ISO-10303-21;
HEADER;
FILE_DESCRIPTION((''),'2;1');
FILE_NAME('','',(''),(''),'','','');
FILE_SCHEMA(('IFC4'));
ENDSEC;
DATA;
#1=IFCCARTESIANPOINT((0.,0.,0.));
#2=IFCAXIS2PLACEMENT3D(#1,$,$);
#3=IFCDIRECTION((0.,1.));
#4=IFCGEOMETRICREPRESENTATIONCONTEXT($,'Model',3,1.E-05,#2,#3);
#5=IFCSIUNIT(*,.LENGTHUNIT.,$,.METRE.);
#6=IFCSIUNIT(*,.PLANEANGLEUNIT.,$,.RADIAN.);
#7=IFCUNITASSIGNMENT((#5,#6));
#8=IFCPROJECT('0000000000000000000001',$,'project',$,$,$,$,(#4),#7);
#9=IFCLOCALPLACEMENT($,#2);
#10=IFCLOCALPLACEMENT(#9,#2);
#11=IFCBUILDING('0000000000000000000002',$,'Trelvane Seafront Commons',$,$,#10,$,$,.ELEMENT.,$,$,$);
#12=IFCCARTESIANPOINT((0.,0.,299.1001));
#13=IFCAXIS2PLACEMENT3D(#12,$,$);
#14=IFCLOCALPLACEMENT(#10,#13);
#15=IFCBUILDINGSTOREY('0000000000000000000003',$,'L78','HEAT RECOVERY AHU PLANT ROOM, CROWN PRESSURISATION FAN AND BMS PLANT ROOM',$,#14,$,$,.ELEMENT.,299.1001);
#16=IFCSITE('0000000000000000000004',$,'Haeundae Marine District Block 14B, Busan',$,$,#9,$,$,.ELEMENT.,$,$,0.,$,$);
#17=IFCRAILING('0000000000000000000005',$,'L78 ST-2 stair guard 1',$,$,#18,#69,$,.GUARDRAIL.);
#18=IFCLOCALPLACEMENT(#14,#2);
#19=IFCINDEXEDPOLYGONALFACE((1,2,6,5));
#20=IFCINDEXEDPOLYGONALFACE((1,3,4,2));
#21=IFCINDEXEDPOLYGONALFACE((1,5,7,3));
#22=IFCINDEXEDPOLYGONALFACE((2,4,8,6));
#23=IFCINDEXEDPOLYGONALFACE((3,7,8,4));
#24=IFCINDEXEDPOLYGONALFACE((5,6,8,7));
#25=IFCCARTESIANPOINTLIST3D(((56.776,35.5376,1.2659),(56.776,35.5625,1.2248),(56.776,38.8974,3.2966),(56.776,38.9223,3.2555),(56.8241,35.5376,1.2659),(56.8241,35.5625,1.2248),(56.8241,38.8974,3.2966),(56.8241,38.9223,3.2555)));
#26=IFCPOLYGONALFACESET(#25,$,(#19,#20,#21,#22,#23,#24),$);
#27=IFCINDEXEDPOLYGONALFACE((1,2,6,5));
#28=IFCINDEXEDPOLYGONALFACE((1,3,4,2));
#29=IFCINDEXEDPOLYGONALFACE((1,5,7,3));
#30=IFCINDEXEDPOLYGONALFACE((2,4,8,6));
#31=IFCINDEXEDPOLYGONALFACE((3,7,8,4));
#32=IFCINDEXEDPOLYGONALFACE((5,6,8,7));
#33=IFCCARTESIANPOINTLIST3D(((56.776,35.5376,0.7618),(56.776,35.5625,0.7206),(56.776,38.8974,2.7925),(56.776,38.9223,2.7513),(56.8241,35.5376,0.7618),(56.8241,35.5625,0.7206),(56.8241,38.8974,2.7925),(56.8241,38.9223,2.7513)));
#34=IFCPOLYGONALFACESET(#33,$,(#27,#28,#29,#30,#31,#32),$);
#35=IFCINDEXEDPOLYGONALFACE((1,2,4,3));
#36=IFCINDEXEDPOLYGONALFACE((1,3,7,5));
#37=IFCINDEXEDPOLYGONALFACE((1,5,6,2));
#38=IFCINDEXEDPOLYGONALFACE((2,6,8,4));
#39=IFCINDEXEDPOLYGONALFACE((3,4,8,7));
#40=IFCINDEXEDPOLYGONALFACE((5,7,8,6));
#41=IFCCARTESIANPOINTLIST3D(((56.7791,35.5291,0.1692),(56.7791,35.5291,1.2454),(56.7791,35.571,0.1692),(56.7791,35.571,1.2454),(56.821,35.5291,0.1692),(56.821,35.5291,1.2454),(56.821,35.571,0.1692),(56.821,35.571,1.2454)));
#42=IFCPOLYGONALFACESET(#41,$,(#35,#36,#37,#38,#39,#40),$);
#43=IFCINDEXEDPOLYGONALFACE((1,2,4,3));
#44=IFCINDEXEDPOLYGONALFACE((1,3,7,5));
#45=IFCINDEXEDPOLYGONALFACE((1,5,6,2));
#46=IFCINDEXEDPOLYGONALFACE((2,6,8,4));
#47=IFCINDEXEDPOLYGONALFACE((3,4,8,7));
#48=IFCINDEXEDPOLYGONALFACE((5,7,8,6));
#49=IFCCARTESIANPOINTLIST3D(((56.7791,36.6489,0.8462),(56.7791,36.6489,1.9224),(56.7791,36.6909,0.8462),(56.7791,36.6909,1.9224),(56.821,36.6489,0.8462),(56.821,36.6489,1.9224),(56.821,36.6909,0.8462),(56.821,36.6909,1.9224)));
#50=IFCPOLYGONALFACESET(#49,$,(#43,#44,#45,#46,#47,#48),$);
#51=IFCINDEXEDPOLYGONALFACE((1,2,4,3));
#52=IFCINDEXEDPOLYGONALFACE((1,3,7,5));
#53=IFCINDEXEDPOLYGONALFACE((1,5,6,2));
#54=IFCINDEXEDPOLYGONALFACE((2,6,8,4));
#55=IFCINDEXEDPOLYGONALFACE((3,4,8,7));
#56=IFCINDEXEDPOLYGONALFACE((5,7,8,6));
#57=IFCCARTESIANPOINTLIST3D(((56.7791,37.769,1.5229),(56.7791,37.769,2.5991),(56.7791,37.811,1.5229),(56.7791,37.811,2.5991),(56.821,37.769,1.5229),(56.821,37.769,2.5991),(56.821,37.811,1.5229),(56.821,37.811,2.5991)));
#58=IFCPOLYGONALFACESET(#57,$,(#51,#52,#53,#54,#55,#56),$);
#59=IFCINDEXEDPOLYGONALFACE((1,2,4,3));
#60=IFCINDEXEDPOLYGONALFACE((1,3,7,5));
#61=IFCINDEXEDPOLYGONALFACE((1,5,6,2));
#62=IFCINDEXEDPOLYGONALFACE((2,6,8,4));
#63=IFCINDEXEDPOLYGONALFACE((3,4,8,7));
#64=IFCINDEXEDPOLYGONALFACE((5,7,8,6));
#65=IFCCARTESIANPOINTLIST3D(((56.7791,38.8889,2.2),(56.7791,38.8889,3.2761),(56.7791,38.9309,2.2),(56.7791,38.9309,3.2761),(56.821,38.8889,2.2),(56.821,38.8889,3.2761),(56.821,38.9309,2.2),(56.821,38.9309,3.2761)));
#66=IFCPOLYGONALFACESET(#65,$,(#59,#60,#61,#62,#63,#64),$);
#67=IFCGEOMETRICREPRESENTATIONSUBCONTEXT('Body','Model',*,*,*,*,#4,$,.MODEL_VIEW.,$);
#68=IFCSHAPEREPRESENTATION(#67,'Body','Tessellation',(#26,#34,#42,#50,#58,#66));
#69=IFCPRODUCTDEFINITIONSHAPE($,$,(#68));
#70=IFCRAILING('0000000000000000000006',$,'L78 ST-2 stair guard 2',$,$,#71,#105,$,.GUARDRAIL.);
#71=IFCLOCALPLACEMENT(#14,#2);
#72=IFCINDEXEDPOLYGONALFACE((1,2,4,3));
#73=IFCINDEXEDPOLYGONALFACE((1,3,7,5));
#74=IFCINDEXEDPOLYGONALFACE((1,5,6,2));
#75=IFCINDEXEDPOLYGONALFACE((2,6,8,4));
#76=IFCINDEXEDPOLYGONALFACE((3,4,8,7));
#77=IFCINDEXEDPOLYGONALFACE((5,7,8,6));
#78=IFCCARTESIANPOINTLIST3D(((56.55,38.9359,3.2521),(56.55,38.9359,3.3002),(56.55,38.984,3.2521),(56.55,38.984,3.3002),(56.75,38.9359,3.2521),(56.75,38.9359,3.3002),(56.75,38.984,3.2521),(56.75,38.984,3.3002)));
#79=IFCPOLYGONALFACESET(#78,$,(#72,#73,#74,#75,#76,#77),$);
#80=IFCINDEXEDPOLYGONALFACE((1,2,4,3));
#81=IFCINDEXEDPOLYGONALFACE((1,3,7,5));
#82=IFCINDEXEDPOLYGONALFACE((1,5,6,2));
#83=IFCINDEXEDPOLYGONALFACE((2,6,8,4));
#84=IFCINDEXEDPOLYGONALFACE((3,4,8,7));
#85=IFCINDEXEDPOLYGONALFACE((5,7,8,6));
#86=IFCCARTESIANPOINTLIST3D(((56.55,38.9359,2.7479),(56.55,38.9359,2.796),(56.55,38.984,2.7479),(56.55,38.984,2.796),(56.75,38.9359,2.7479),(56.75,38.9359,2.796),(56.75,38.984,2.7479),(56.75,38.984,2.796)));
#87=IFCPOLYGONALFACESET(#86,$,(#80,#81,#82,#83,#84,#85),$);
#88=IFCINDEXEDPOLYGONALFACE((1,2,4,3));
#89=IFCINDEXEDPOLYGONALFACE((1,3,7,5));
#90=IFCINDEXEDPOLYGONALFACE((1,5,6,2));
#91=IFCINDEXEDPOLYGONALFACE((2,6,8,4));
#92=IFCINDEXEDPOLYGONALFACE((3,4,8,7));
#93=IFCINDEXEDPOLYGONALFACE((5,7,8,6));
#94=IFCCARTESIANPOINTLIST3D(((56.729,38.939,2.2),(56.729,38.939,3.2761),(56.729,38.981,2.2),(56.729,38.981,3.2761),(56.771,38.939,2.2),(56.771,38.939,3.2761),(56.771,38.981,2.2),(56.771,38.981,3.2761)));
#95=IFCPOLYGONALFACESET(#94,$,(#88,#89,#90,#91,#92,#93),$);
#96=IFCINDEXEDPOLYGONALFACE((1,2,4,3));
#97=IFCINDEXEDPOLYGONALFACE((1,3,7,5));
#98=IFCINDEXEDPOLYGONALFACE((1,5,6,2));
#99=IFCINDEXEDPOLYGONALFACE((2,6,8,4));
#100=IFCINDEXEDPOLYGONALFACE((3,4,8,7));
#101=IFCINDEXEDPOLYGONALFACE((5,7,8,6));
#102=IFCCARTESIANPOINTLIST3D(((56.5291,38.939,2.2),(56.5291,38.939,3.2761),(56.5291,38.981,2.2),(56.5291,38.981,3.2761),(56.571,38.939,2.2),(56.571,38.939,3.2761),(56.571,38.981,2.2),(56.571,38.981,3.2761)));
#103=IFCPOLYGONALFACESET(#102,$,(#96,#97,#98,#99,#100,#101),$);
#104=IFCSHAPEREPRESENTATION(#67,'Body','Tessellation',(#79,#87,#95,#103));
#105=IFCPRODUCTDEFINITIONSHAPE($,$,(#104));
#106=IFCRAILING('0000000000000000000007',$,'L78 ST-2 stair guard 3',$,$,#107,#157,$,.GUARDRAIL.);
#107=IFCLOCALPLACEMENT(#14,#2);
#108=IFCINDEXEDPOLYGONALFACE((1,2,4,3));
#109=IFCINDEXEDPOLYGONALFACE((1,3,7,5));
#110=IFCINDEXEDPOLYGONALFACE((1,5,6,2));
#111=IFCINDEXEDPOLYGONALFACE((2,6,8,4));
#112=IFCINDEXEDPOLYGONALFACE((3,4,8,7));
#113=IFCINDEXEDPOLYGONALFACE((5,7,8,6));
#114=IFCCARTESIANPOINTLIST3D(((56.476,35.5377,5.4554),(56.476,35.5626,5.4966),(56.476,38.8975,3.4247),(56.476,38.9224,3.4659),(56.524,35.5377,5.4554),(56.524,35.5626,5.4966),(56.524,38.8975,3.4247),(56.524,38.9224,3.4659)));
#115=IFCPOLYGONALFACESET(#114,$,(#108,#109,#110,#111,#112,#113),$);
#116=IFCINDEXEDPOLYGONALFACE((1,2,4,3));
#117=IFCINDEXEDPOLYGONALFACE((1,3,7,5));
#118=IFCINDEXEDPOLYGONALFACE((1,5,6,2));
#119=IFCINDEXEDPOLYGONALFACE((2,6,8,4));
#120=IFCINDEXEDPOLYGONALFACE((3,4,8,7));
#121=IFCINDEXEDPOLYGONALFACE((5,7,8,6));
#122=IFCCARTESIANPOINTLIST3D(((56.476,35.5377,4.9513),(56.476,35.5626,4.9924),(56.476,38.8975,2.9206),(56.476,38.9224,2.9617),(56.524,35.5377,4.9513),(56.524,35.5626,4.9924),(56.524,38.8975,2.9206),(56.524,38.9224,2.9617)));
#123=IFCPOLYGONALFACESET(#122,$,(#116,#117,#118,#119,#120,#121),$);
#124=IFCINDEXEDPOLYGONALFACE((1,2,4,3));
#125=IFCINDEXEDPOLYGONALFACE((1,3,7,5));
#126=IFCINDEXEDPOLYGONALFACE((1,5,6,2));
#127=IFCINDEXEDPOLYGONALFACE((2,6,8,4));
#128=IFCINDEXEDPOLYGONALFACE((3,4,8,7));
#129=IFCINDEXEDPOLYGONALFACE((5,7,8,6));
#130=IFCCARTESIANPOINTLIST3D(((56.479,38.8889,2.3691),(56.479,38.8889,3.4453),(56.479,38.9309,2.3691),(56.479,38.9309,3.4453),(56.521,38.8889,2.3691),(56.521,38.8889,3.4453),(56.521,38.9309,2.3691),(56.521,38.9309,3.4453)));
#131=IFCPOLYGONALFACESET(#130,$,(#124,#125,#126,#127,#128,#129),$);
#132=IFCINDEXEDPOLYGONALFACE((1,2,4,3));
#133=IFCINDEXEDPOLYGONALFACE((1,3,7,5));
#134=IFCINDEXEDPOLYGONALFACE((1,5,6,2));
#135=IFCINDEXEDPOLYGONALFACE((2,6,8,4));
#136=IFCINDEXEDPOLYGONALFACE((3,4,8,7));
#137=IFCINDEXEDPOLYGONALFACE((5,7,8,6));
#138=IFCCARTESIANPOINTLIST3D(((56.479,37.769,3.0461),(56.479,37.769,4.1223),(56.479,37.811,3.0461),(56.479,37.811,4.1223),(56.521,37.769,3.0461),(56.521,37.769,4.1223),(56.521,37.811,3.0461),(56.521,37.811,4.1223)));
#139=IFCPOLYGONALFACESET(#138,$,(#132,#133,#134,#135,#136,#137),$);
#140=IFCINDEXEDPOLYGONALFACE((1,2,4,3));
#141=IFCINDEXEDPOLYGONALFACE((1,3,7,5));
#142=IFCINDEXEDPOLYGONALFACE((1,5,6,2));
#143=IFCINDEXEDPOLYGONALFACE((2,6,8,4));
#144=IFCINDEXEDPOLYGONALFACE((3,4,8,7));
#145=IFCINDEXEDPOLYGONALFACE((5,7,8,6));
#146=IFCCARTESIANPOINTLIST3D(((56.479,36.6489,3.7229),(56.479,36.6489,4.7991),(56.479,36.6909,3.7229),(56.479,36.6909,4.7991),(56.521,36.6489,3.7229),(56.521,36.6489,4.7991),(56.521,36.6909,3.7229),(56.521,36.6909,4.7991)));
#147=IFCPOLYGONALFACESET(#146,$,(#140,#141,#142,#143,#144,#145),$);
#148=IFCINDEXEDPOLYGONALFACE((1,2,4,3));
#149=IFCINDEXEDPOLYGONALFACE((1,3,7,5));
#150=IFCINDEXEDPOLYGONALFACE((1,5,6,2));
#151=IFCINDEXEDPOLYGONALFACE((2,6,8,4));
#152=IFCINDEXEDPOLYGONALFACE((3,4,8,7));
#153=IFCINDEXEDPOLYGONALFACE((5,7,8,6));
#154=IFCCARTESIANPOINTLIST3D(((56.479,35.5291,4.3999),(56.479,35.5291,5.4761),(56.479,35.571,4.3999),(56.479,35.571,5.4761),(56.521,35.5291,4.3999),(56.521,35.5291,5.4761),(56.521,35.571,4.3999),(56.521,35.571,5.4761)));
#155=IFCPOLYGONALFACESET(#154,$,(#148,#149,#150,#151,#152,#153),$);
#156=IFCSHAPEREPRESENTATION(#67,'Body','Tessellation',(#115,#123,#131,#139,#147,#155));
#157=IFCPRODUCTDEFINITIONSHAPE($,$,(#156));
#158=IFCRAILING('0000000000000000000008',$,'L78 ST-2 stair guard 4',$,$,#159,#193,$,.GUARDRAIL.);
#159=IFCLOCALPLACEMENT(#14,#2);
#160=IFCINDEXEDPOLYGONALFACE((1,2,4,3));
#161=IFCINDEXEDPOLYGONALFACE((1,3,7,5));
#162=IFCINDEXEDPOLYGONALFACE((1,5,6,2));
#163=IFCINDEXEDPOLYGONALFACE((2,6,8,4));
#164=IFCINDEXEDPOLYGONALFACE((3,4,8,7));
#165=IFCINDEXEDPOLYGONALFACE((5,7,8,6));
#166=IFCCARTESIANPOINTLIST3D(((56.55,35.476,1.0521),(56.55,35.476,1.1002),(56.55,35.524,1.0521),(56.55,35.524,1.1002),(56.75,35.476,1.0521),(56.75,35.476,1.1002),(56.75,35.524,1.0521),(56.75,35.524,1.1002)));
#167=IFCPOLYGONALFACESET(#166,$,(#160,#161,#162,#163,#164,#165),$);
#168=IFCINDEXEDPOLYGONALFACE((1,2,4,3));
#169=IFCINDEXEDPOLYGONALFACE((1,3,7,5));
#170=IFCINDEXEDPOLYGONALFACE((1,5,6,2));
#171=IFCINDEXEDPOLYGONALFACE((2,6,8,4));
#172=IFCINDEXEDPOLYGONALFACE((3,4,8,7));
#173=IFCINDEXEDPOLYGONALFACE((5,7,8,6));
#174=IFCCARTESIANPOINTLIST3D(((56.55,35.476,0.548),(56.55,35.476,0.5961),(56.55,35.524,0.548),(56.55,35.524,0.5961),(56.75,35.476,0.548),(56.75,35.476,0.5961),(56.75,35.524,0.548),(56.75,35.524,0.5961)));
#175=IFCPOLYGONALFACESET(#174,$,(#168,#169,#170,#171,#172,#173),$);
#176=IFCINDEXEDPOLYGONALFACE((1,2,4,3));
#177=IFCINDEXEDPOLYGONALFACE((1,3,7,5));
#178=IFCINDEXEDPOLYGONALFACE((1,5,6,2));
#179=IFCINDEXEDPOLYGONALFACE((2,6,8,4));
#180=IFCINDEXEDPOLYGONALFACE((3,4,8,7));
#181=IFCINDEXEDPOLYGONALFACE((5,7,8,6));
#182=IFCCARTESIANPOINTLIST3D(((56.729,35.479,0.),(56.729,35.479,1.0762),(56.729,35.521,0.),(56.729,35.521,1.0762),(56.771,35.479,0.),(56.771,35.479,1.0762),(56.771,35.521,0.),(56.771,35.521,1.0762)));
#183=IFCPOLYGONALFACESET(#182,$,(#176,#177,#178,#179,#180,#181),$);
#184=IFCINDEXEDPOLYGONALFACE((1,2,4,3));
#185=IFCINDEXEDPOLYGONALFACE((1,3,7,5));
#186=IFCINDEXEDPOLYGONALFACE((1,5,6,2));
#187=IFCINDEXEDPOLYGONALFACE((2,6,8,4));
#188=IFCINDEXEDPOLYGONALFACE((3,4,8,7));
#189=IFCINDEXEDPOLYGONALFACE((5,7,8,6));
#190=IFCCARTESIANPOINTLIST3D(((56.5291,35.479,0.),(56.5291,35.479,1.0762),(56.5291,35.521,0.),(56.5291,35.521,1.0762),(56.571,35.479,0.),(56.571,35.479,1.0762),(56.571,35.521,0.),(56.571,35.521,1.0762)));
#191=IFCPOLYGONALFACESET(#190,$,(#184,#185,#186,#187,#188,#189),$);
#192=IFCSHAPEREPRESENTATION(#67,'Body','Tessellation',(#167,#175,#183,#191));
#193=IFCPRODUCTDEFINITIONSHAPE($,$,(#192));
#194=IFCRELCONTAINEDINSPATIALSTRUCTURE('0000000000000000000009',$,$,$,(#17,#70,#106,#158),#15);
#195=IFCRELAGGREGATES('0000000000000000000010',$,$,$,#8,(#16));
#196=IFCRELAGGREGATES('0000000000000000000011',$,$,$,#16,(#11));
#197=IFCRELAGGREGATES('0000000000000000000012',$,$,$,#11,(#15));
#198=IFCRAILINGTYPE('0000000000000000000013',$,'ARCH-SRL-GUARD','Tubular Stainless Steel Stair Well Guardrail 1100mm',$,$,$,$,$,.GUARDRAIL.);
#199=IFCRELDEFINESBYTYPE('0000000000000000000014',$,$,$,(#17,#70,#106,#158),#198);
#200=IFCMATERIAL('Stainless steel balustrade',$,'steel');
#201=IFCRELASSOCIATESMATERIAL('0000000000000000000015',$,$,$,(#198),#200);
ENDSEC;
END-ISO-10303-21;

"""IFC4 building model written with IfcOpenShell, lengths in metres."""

from ifc_helpers import new_model, si_unit, direction, frame, origin, origin_2d, place, context, subcontext, project, spatial, rectangle, extrude, material, type_object, element, save


model = new_model("IFC4")

# Units and contexts
model_context = context("Model", 3, precision=1e-05, world=origin(), true_north=direction((0.0, 1.0)))
body_context = subcontext(model_context, "Body", "Model", "MODEL_VIEW")
ifc_project = project(units=[si_unit("LENGTHUNIT", "METRE"), si_unit("PLANEANGLEUNIT", "RADIAN")], contexts=[model_context])

# Site, building, storey
site_placement = place(None, origin())
site = spatial("IfcSite", under=ifc_project, at=site_placement, Name="Haeundae Marine District Block 14B, Busan", CompositionType="ELEMENT", RefElevation=0.0)
building_placement = place(site_placement, origin())
building = spatial("IfcBuilding", under=site, at=building_placement, Name="Trelvane Seafront Commons", CompositionType="ELEMENT")
storey_placement = place(building_placement, frame((0.0, 0.0, 299.1001)))
storey = spatial("IfcBuildingStorey", under=building, at=storey_placement, Name="L78", Description="HEAT RECOVERY AHU PLANT ROOM, CROWN PRESSURISATION FAN AND BMS PLANT ROOM", CompositionType="ELEMENT", Elevation=299.1001)

# Railings
ifc_material_1 = material(Name="Stainless steel balustrade", Category="steel")
railing_type_1 = type_object("IfcRailingType", Name="ARCH-SRL-GUARD", Description="Tubular Stainless Steel Stair Well Guardrail 1100mm", PredefinedType="GUARDRAIL", material=ifc_material_1)
railing_1_placement = place(storey_placement, frame((56.8, 35.55, 0.1692)))
element("IfcRailing", 1, at=railing_1_placement, inside=storey, type_object=railing_type_1, Name="L78 ST-2 stair guard 1", PredefinedType="GUARDRAIL", context=body_context, shape_type="SweptSolid", body=[
    extrude(rectangle(XDim=0.0481, YDim=0.0481, at=origin_2d()), frame((0.0, 0.0, 1.0762), z_axis=(0.0, 0.85582, 0.517273), x_axis=(-1.0, 0.0, 0.0)), (0.0, 0.0, 1.0), 3.9258),
    extrude(rectangle(XDim=0.0481, YDim=0.0481, at=origin_2d()), frame((0.0, 0.0, 0.572), z_axis=(0.0, 0.85582, 0.517273), x_axis=(-1.0, 0.0, 0.0)), (0.0, 0.0, 1.0), 3.9258),
    extrude(rectangle(XDim=0.042, YDim=0.042, at=origin_2d()), origin(), (0.0, 0.0, 1.0), 1.0762),
    extrude(rectangle(XDim=0.042, YDim=0.042, at=origin_2d()), frame((0.0, 1.1199, 0.677)), (0.0, 0.0, 1.0), 1.0762),
    extrude(rectangle(XDim=0.042, YDim=0.042, at=origin_2d()), frame((0.0, 2.24, 1.3538)), (0.0, 0.0, 1.0), 1.0762),
    extrude(rectangle(XDim=0.042, YDim=0.042, at=origin_2d()), frame((0.0, 3.3599, 2.0308)), (0.0, 0.0, 1.0), 1.0762),
])
railing_2_placement = place(storey_placement, frame((56.75, 38.96, 2.2)))
element("IfcRailing", 2, at=railing_2_placement, inside=storey, type_object=railing_type_1, Name="L78 ST-2 stair guard 2", PredefinedType="GUARDRAIL", context=body_context, shape_type="SweptSolid", body=[
    extrude(rectangle(XDim=0.0481, YDim=0.0481, at=origin_2d()), frame((0.0, 0.0, 1.0762), z_axis=(-1.0, 0.0, 0.0), x_axis=(0.0, -1.0, 0.0)), (0.0, 0.0, 1.0), 0.2),
    extrude(rectangle(XDim=0.0481, YDim=0.0481, at=origin_2d()), frame((0.0, 0.0, 0.572), z_axis=(-1.0, 0.0, 0.0), x_axis=(0.0, -1.0, 0.0)), (0.0, 0.0, 1.0), 0.2),
    extrude(rectangle(XDim=0.042, YDim=0.042, at=origin_2d()), origin(), (0.0, 0.0, 1.0), 1.0762),
    extrude(rectangle(XDim=0.042, YDim=0.042, at=origin_2d()), frame((-0.2, 0.0, 0.0)), (0.0, 0.0, 1.0), 1.0762),
])
railing_3_placement = place(storey_placement, frame((56.5, 38.9099, 2.3691)))
element("IfcRailing", 3, at=railing_3_placement, inside=storey, type_object=railing_type_1, Name="L78 ST-2 stair guard 3", PredefinedType="GUARDRAIL", context=body_context, shape_type="SweptSolid", body=[
    extrude(rectangle(XDim=0.0481, YDim=0.0481, at=origin_2d()), frame((0.0, 0.0, 1.0762), z_axis=(0.0, -0.85582, 0.517273), x_axis=(1.0, 0.0, 0.0)), (0.0, 0.0, 1.0), 3.9258),
    extrude(rectangle(XDim=0.0481, YDim=0.0481, at=origin_2d()), frame((0.0, 0.0, 0.572), z_axis=(0.0, -0.85582, 0.517273), x_axis=(1.0, 0.0, 0.0)), (0.0, 0.0, 1.0), 3.9258),
    extrude(rectangle(XDim=0.042, YDim=0.042, at=origin_2d()), origin(), (0.0, 0.0, 1.0), 1.0762),
    extrude(rectangle(XDim=0.042, YDim=0.042, at=origin_2d()), frame((0.0, -1.1199, 0.677)), (0.0, 0.0, 1.0), 1.0762),
    extrude(rectangle(XDim=0.042, YDim=0.042, at=origin_2d()), frame((0.0, -2.24, 1.3538)), (0.0, 0.0, 1.0), 1.0762),
    extrude(rectangle(XDim=0.042, YDim=0.042, at=origin_2d()), frame((0.0, -3.3599, 2.0308)), (0.0, 0.0, 1.0), 1.0762),
])
railing_4_placement = place(storey_placement, frame((56.75, 35.5, 0.0)))
element("IfcRailing", 4, at=railing_4_placement, inside=storey, type_object=railing_type_1, Name="L78 ST-2 stair guard 4", PredefinedType="GUARDRAIL", context=body_context, shape_type="SweptSolid", body=[
    extrude(rectangle(XDim=0.0481, YDim=0.0481, at=origin_2d()), frame((0.0, 0.0, 1.0762), z_axis=(-1.0, 0.0, 0.0), x_axis=(0.0, -1.0, 0.0)), (0.0, 0.0, 1.0), 0.2),
    extrude(rectangle(XDim=0.0481, YDim=0.0481, at=origin_2d()), frame((0.0, 0.0, 0.572), z_axis=(-1.0, 0.0, 0.0), x_axis=(0.0, -1.0, 0.0)), (0.0, 0.0, 1.0), 0.2),
    extrude(rectangle(XDim=0.042, YDim=0.042, at=origin_2d()), origin(), (0.0, 0.0, 1.0), 1.0762),
    extrude(rectangle(XDim=0.042, YDim=0.042, at=origin_2d()), frame((-0.2, 0.0, 0.0)), (0.0, 0.0, 1.0), 1.0762),
])

save(model, "model.ifc")
